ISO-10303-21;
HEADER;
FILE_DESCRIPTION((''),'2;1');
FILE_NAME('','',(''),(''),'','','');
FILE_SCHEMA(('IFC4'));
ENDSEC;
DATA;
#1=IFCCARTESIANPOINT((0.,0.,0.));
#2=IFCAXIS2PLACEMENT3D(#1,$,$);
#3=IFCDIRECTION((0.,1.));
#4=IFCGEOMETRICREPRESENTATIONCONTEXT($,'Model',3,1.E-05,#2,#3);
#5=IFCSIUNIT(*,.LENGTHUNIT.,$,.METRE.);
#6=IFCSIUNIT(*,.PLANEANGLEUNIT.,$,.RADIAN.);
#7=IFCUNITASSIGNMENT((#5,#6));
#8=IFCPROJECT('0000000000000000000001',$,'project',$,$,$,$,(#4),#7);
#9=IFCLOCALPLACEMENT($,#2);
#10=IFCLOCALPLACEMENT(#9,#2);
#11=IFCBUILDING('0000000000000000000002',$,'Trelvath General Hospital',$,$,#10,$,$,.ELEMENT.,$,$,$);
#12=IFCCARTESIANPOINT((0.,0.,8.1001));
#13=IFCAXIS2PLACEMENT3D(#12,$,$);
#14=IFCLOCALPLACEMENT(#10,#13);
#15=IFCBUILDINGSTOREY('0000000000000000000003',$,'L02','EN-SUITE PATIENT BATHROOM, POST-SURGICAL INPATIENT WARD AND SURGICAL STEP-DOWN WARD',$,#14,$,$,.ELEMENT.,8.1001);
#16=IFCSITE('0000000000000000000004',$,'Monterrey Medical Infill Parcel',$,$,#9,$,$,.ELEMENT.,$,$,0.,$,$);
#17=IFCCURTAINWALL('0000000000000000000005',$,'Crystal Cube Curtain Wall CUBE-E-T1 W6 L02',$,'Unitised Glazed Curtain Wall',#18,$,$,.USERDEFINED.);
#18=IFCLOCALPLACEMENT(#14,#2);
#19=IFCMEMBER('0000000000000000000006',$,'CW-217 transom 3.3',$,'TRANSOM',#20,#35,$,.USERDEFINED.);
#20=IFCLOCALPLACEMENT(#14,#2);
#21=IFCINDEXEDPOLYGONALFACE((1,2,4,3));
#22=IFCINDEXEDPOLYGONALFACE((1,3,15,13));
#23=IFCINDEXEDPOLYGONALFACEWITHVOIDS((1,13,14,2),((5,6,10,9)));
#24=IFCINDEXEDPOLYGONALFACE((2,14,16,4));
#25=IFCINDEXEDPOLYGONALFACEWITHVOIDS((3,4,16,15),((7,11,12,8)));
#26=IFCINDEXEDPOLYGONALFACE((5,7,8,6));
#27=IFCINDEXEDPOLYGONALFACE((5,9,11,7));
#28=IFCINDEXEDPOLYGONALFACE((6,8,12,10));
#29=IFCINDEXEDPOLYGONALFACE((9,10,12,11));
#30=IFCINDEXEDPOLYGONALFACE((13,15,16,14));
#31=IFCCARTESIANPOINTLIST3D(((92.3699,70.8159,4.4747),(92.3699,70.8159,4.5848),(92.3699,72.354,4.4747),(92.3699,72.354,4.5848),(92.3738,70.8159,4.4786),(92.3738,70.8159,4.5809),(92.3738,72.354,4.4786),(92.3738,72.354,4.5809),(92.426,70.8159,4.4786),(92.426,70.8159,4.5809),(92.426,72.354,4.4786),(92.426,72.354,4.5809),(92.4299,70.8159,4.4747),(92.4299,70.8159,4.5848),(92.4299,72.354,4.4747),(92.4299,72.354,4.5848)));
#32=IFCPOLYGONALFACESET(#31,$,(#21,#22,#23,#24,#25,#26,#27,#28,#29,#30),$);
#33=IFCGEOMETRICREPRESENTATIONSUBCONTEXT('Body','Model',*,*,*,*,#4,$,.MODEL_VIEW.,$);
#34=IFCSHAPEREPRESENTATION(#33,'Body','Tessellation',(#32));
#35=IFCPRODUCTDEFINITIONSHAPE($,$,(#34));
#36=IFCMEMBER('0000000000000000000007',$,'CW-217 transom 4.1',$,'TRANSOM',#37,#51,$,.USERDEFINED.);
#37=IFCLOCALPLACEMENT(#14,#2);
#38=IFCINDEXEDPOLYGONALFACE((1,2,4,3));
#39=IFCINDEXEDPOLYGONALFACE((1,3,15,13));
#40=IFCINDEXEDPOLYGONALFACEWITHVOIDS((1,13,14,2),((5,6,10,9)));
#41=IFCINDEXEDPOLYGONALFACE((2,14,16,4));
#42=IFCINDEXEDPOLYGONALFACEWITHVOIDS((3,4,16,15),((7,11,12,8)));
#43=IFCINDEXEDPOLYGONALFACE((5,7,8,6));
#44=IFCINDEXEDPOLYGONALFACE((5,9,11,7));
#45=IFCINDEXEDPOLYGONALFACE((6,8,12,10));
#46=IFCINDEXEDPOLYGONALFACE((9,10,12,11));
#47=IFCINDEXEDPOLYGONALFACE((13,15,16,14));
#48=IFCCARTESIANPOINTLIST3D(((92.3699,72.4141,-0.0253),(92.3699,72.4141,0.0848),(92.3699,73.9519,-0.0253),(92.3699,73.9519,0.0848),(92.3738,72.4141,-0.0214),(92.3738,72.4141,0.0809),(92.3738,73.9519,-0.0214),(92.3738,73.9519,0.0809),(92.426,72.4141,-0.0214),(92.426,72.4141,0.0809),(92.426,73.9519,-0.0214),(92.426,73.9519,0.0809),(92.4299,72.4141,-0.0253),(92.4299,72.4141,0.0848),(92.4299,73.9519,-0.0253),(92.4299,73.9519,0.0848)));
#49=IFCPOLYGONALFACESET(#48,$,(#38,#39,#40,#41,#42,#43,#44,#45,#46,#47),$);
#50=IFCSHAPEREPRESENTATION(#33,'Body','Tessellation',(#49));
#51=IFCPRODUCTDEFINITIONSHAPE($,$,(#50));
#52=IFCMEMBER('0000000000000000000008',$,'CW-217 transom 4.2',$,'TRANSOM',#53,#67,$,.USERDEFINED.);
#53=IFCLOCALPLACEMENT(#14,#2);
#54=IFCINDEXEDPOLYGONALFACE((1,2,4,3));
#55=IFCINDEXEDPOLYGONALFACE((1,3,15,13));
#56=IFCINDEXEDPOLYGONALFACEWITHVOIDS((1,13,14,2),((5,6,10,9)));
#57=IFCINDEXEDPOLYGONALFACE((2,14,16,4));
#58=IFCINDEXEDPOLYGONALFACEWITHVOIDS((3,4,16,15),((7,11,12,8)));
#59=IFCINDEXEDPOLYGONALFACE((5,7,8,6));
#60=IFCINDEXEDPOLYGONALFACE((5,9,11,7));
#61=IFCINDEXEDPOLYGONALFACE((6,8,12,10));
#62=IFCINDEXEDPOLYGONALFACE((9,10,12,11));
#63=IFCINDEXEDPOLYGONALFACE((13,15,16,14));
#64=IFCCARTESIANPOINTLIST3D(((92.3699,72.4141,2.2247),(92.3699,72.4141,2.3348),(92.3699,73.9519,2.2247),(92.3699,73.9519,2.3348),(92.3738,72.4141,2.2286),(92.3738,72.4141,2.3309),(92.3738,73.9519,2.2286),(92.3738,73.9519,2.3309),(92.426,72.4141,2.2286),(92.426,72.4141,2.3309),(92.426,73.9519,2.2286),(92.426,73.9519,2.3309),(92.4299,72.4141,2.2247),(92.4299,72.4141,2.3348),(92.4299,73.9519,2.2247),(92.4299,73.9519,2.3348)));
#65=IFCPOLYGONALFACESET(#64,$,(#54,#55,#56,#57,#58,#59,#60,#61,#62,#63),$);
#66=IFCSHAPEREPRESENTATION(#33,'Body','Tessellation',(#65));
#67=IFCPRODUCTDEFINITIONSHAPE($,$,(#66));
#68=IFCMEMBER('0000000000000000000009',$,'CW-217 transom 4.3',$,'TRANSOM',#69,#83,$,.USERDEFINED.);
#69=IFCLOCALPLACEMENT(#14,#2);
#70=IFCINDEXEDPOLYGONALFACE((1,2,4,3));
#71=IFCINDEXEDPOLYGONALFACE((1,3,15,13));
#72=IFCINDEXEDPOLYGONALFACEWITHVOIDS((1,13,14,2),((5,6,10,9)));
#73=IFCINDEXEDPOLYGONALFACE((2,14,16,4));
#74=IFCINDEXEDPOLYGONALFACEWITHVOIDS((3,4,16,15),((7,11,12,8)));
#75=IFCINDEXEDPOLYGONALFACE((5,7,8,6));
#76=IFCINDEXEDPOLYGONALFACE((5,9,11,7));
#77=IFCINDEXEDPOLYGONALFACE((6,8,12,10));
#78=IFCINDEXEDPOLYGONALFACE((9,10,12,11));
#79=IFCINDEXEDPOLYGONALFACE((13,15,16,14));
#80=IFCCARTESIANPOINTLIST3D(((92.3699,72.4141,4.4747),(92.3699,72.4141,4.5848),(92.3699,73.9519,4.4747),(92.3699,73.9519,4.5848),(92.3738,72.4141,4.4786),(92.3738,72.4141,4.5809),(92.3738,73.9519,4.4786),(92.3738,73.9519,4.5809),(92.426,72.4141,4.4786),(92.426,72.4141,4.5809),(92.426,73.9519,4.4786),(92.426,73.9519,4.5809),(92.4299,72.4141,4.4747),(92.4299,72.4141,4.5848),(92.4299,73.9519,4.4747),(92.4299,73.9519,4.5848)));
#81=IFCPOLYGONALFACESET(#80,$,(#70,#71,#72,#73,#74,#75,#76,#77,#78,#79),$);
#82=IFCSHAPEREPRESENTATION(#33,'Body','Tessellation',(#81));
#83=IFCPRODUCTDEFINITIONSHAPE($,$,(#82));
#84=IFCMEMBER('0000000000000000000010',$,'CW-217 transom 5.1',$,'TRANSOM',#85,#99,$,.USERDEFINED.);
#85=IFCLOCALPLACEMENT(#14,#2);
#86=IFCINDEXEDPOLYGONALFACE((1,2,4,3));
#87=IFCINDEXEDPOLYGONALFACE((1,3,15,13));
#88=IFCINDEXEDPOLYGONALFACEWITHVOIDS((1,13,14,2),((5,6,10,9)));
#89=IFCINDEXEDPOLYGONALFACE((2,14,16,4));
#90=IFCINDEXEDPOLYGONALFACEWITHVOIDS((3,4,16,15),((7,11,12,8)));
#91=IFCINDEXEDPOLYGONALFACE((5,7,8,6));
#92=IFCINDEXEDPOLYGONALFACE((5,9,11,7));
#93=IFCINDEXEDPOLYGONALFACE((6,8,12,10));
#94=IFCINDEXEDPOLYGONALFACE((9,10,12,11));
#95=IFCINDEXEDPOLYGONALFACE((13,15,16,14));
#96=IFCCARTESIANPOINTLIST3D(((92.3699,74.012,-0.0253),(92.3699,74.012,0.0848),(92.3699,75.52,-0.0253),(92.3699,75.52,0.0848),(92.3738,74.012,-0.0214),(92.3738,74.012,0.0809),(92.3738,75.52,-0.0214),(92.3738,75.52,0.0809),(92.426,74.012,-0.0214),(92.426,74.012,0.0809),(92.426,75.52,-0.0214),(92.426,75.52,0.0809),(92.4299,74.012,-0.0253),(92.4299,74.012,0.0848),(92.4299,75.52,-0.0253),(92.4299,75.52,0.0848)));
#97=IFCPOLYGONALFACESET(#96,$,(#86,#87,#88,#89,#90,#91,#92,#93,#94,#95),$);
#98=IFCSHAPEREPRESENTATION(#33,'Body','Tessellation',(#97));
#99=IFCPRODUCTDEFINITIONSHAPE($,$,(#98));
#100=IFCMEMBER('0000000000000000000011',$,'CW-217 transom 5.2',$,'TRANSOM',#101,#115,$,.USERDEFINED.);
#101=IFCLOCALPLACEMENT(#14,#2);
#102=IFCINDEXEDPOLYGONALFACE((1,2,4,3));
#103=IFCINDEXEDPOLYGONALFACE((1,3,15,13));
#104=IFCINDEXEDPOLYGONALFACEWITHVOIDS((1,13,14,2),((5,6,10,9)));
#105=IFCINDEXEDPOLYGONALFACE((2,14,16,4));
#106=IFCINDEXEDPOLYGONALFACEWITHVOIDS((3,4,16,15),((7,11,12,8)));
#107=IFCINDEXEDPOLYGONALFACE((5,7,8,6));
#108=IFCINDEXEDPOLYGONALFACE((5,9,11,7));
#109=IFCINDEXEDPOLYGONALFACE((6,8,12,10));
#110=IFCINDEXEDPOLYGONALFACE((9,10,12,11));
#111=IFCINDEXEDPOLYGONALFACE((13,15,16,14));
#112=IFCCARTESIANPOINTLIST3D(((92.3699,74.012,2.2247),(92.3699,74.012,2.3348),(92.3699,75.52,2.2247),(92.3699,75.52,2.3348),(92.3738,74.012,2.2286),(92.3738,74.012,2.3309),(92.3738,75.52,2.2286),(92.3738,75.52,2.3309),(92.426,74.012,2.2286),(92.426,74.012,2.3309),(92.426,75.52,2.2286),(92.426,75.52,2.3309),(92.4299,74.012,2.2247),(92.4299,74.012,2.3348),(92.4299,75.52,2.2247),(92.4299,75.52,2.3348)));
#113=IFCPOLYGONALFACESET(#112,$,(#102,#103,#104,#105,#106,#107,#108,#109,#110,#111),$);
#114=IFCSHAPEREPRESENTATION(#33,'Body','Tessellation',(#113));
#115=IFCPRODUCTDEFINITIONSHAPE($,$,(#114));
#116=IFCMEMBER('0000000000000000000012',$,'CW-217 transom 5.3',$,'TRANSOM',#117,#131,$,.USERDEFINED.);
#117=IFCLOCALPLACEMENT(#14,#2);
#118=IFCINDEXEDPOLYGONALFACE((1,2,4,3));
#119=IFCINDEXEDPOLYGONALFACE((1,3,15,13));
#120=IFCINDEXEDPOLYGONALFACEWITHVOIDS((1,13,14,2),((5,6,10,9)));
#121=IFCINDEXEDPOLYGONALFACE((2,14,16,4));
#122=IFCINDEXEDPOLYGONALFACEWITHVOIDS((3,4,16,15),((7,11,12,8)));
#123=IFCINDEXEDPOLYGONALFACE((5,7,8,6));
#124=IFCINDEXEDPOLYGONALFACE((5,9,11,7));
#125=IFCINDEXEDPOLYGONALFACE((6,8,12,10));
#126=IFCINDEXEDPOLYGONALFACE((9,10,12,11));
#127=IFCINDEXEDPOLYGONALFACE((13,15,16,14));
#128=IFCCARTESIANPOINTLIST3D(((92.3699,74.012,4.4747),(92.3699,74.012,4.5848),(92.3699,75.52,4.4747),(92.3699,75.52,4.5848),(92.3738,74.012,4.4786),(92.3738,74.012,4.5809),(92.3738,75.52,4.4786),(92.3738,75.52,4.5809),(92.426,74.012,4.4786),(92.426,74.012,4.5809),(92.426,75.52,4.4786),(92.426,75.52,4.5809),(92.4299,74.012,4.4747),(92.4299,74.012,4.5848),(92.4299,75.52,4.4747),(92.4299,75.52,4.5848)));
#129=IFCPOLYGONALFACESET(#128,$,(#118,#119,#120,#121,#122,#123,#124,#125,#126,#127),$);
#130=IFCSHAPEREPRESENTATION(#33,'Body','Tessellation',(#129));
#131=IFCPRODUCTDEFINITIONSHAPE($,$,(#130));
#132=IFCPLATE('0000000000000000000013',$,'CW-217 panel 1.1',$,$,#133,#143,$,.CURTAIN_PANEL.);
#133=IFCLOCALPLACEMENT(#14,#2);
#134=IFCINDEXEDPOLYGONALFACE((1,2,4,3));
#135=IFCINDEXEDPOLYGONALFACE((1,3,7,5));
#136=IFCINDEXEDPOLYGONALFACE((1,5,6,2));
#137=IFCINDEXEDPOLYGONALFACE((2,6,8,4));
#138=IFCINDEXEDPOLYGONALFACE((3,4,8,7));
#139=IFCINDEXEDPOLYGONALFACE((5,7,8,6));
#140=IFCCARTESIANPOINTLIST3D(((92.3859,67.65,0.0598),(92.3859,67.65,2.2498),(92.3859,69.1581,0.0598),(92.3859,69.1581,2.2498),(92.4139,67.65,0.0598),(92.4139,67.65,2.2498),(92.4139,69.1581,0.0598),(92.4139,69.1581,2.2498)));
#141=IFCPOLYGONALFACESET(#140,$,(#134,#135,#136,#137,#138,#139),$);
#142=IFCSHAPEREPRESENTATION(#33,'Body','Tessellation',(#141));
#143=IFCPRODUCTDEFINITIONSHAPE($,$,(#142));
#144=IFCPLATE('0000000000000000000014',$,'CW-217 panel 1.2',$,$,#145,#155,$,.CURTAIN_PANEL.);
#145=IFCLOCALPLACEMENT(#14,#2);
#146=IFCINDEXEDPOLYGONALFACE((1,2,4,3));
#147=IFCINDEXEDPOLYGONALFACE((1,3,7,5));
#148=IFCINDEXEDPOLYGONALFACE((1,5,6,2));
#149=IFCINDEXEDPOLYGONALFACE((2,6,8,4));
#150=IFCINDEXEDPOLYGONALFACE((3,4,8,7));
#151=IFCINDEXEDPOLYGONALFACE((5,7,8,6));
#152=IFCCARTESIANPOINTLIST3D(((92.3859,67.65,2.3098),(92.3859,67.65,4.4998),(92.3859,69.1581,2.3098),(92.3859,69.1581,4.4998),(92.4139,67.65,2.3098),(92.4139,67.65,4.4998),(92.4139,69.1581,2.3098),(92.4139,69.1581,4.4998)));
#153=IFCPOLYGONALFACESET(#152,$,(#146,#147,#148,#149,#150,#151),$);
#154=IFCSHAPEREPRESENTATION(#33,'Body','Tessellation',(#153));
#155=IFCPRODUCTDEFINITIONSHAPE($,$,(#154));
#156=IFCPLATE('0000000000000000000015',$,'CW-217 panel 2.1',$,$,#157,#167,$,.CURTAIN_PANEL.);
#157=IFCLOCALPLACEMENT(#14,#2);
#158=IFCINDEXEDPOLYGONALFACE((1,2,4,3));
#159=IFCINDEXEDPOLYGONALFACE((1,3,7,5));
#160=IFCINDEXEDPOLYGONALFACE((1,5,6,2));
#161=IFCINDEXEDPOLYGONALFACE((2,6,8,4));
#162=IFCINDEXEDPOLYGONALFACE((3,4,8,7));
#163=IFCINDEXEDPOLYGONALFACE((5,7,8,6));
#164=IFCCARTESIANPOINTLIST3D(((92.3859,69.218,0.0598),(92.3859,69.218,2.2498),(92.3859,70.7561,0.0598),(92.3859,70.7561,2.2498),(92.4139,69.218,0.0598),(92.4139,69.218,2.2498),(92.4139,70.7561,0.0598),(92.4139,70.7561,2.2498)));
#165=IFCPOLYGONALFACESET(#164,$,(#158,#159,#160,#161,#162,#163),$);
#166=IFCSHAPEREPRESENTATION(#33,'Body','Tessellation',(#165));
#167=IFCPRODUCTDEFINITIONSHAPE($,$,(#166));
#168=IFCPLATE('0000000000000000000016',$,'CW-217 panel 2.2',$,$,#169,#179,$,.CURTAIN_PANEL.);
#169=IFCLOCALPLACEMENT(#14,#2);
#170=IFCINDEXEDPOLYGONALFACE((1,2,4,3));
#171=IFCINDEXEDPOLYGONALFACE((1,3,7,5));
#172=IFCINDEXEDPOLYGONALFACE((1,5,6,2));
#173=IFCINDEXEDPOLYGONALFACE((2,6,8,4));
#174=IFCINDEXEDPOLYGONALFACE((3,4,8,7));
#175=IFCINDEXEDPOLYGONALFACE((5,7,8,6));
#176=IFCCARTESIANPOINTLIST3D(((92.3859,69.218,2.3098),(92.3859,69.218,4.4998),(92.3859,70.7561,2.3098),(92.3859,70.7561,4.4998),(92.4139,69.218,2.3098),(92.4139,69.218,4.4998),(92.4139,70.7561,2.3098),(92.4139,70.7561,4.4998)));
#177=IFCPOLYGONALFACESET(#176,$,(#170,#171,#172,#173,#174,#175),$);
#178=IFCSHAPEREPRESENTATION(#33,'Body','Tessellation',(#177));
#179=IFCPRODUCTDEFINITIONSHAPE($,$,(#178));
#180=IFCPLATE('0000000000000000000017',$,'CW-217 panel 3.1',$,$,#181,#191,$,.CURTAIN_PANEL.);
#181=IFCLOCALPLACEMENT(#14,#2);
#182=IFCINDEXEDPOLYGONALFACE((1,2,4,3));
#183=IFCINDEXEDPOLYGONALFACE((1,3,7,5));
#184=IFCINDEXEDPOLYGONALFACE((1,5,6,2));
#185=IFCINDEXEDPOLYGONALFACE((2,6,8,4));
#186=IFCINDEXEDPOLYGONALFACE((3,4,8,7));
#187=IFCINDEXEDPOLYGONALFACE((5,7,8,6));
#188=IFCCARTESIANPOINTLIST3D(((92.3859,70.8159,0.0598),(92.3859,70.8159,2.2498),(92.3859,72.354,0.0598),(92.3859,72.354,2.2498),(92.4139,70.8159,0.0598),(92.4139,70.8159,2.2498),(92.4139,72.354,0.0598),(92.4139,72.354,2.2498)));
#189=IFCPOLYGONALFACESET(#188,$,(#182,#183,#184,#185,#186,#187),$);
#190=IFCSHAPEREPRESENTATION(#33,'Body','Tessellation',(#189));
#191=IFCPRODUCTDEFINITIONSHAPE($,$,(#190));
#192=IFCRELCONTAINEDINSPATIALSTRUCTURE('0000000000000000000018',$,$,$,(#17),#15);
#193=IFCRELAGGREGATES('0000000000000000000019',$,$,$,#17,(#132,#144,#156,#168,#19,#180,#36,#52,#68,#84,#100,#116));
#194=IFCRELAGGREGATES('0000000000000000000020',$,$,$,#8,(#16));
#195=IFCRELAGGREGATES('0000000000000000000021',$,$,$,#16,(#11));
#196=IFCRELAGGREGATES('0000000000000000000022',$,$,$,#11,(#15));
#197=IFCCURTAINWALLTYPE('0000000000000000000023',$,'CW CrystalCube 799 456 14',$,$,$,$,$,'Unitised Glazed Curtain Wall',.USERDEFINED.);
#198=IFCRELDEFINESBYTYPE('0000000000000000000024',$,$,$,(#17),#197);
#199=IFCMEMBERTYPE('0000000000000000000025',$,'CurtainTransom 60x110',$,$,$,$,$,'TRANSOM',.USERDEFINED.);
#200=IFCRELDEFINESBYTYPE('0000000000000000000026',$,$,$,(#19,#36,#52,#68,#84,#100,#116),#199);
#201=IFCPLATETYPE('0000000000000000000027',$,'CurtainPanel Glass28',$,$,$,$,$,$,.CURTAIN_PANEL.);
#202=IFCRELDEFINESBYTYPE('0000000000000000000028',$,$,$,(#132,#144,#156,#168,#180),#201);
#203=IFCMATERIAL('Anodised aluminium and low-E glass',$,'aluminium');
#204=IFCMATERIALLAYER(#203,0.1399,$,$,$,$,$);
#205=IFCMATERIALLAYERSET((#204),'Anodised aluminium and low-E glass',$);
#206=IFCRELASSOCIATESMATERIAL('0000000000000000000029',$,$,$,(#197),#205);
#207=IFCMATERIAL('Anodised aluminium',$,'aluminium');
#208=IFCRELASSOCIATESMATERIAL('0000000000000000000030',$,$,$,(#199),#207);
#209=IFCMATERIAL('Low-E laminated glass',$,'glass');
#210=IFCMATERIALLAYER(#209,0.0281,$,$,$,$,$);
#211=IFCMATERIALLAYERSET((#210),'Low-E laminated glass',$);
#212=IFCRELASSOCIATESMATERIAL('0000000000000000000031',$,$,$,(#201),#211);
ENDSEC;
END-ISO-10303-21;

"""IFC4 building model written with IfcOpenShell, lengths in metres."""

from ifc_helpers import new_model, si_unit, direction, frame, origin, origin_2d, place, context, subcontext, project, spatial, rectangle, hollow_rectangle, extrude, material, layer, layer_set, material_profile, profile_set, type_object, element, aggregate, save


model = new_model("IFC4")

# Units and contexts
model_context = context("Model", 3, precision=1e-05, world=origin(), true_north=direction((0.0, 1.0)))
body_context = subcontext(model_context, "Body", "Model", "MODEL_VIEW")
ifc_project = project(units=[si_unit("LENGTHUNIT", "METRE"), si_unit("PLANEANGLEUNIT", "RADIAN")], contexts=[model_context])

# Site, building, storey
site_placement = place(None, origin())
site = spatial("IfcSite", under=ifc_project, at=site_placement, Name="Monterrey Medical Infill Parcel", CompositionType="ELEMENT", RefElevation=0.0)
building_placement = place(site_placement, origin())
building = spatial("IfcBuilding", under=site, at=building_placement, Name="Trelvath General Hospital", CompositionType="ELEMENT")
storey_placement = place(building_placement, frame((0.0, 0.0, 8.1001)))
storey = spatial("IfcBuildingStorey", under=building, at=storey_placement, Name="L02", Description="EN-SUITE PATIENT BATHROOM, POST-SURGICAL INPATIENT WARD AND SURGICAL STEP-DOWN WARD", CompositionType="ELEMENT", Elevation=8.1001)

# Curtain wall, members, plates
ifc_material_1 = material(Name="Anodised aluminium and low-E glass", Category="aluminium")
ifc_layer_1 = layer(ifc_material_1, 0.1399)
ifc_layer_set_1 = layer_set([ifc_layer_1], Name="Anodised aluminium and low-E glass")
curtain_wall_type = type_object("IfcCurtainWallType", Name="CW CrystalCube 799 456 14", ElementType="Unitised Glazed Curtain Wall", PredefinedType="USERDEFINED", material=ifc_layer_set_1)
curtain_wall_placement = place(storey_placement, origin())
curtain_wall = element("IfcCurtainWall", 1, at=curtain_wall_placement, inside=storey, type_object=curtain_wall_type, Name="Crystal Cube Curtain Wall CUBE-E-T1 W6 L02", ObjectType="Unitised Glazed Curtain Wall", PredefinedType="USERDEFINED")
ifc_material_2 = material(Name="Anodised aluminium", Category="aluminium")
ifc_material_profile_1 = material_profile(ifc_material_2, hollow_rectangle(XDim=0.0601, YDim=0.1101, WallThickness=0.0039, at=origin_2d()), Name="RHS60x110x4")
ifc_profile_set_1 = profile_set([ifc_material_profile_1], Name="Anodised aluminium")
member_type_1 = type_object("IfcMemberType", Name="CurtainTransom 60x110", ElementType="TRANSOM", PredefinedType="USERDEFINED", material=ifc_profile_set_1)
member_1_placement = place(storey_placement, frame((92.3999, 70.8159, 4.5298), z_axis=(0.0, 1.0, 0.0), x_axis=(-1.0, 0.0, 0.0)))
member_1 = element("IfcMember", 2, at=member_1_placement, type_object=member_type_1, Name="CW-217 transom 3.3", ObjectType="TRANSOM", PredefinedType="USERDEFINED", context=body_context, shape_type="SweptSolid", body=[
    extrude(hollow_rectangle(XDim=0.0601, YDim=0.1101, WallThickness=0.0039, at=origin_2d()), origin(), (0.0, 0.0, 1.0), 1.5381),
])
member_2_placement = place(storey_placement, frame((92.3999, 72.4141, 0.0298), z_axis=(0.0, 1.0, 0.0), x_axis=(-1.0, 0.0, 0.0)))
member_2 = element("IfcMember", 3, at=member_2_placement, type_object=member_type_1, Name="CW-217 transom 4.1", ObjectType="TRANSOM", PredefinedType="USERDEFINED", context=body_context, shape_type="SweptSolid", body=[
    extrude(hollow_rectangle(XDim=0.0601, YDim=0.1101, WallThickness=0.0039, at=origin_2d()), origin(), (0.0, 0.0, 1.0), 1.5378),
])
member_3_placement = place(storey_placement, frame((92.3999, 72.4141, 2.2798), z_axis=(0.0, 1.0, 0.0), x_axis=(-1.0, 0.0, 0.0)))
member_3 = element("IfcMember", 4, at=member_3_placement, type_object=member_type_1, Name="CW-217 transom 4.2", ObjectType="TRANSOM", PredefinedType="USERDEFINED", context=body_context, shape_type="SweptSolid", body=[
    extrude(hollow_rectangle(XDim=0.0601, YDim=0.1101, WallThickness=0.0039, at=origin_2d()), origin(), (0.0, 0.0, 1.0), 1.5378),
])
member_4_placement = place(storey_placement, frame((92.3999, 72.4141, 4.5298), z_axis=(0.0, 1.0, 0.0), x_axis=(-1.0, 0.0, 0.0)))
member_4 = element("IfcMember", 5, at=member_4_placement, type_object=member_type_1, Name="CW-217 transom 4.3", ObjectType="TRANSOM", PredefinedType="USERDEFINED", context=body_context, shape_type="SweptSolid", body=[
    extrude(hollow_rectangle(XDim=0.0601, YDim=0.1101, WallThickness=0.0039, at=origin_2d()), origin(), (0.0, 0.0, 1.0), 1.5378),
])
member_5_placement = place(storey_placement, frame((92.3999, 74.012, 0.0298), z_axis=(0.0, 1.0, 0.0), x_axis=(-1.0, 0.0, 0.0)))
member_5 = element("IfcMember", 6, at=member_5_placement, type_object=member_type_1, Name="CW-217 transom 5.1", ObjectType="TRANSOM", PredefinedType="USERDEFINED", context=body_context, shape_type="SweptSolid", body=[
    extrude(hollow_rectangle(XDim=0.0601, YDim=0.1101, WallThickness=0.0039, at=origin_2d()), origin(), (0.0, 0.0, 1.0), 1.5081),
])
member_6_placement = place(storey_placement, frame((92.3999, 74.012, 2.2798), z_axis=(0.0, 1.0, 0.0), x_axis=(-1.0, 0.0, 0.0)))
member_6 = element("IfcMember", 7, at=member_6_placement, type_object=member_type_1, Name="CW-217 transom 5.2", ObjectType="TRANSOM", PredefinedType="USERDEFINED", context=body_context, shape_type="SweptSolid", body=[
    extrude(hollow_rectangle(XDim=0.0601, YDim=0.1101, WallThickness=0.0039, at=origin_2d()), origin(), (0.0, 0.0, 1.0), 1.5081),
])
member_7_placement = place(storey_placement, frame((92.3999, 74.012, 4.5298), z_axis=(0.0, 1.0, 0.0), x_axis=(-1.0, 0.0, 0.0)))
member_7 = element("IfcMember", 8, at=member_7_placement, type_object=member_type_1, Name="CW-217 transom 5.3", ObjectType="TRANSOM", PredefinedType="USERDEFINED", context=body_context, shape_type="SweptSolid", body=[
    extrude(hollow_rectangle(XDim=0.0601, YDim=0.1101, WallThickness=0.0039, at=origin_2d()), origin(), (0.0, 0.0, 1.0), 1.5081),
])
ifc_material_3 = material(Name="Low-E laminated glass", Category="glass")
ifc_layer_2 = layer(ifc_material_3, 0.0281)
ifc_layer_set_2 = layer_set([ifc_layer_2], Name="Low-E laminated glass")
plate_type = type_object("IfcPlateType", Name="CurtainPanel Glass28", PredefinedType="CURTAIN_PANEL", material=ifc_layer_set_2)
plate_1_placement = place(storey_placement, frame((92.3999, 68.4041, 0.0598), z_axis=(0.0, 0.0, 1.0), x_axis=(0.0, 1.0, 0.0)))
plate_1 = element("IfcPlate", 9, at=plate_1_placement, type_object=plate_type, Name="CW-217 panel 1.1", PredefinedType="CURTAIN_PANEL", context=body_context, shape_type="SweptSolid", body=[
    extrude(rectangle(XDim=1.5081, YDim=0.0281, at=origin_2d()), origin(), (0.0, 0.0, 1.0), 2.1899),
])
plate_2_placement = place(storey_placement, frame((92.3999, 68.4041, 2.3098), z_axis=(0.0, 0.0, 1.0), x_axis=(0.0, 1.0, 0.0)))
plate_2 = element("IfcPlate", 10, at=plate_2_placement, type_object=plate_type, Name="CW-217 panel 1.2", PredefinedType="CURTAIN_PANEL", context=body_context, shape_type="SweptSolid", body=[
    extrude(rectangle(XDim=1.5081, YDim=0.0281, at=origin_2d()), origin(), (0.0, 0.0, 1.0), 2.1899),
])
plate_3_placement = place(storey_placement, frame((92.3999, 69.9871, 0.0598), z_axis=(0.0, 0.0, 1.0), x_axis=(0.0, 1.0, 0.0)))
plate_3 = element("IfcPlate", 11, at=plate_3_placement, type_object=plate_type, Name="CW-217 panel 2.1", PredefinedType="CURTAIN_PANEL", context=body_context, shape_type="SweptSolid", body=[
    extrude(rectangle(XDim=1.5381, YDim=0.0281, at=origin_2d()), origin(), (0.0, 0.0, 1.0), 2.1899),
])
plate_4_placement = place(storey_placement, frame((92.3999, 69.9871, 2.3098), z_axis=(0.0, 0.0, 1.0), x_axis=(0.0, 1.0, 0.0)))
plate_4 = element("IfcPlate", 12, at=plate_4_placement, type_object=plate_type, Name="CW-217 panel 2.2", PredefinedType="CURTAIN_PANEL", context=body_context, shape_type="SweptSolid", body=[
    extrude(rectangle(XDim=1.5381, YDim=0.0281, at=origin_2d()), origin(), (0.0, 0.0, 1.0), 2.1899),
])
plate_5_placement = place(storey_placement, frame((92.3999, 71.585, 0.0598), z_axis=(0.0, 0.0, 1.0), x_axis=(0.0, 1.0, 0.0)))
plate_5 = element("IfcPlate", 13, at=plate_5_placement, type_object=plate_type, Name="CW-217 panel 3.1", PredefinedType="CURTAIN_PANEL", context=body_context, shape_type="SweptSolid", body=[
    extrude(rectangle(XDim=1.5381, YDim=0.0281, at=origin_2d()), origin(), (0.0, 0.0, 1.0), 2.1899),
])
aggregate(curtain_wall, [plate_1, plate_2, plate_3, plate_4, member_1, plate_5, member_2, member_3, member_4, member_5, member_6, member_7])

save(model, "model.ifc")
